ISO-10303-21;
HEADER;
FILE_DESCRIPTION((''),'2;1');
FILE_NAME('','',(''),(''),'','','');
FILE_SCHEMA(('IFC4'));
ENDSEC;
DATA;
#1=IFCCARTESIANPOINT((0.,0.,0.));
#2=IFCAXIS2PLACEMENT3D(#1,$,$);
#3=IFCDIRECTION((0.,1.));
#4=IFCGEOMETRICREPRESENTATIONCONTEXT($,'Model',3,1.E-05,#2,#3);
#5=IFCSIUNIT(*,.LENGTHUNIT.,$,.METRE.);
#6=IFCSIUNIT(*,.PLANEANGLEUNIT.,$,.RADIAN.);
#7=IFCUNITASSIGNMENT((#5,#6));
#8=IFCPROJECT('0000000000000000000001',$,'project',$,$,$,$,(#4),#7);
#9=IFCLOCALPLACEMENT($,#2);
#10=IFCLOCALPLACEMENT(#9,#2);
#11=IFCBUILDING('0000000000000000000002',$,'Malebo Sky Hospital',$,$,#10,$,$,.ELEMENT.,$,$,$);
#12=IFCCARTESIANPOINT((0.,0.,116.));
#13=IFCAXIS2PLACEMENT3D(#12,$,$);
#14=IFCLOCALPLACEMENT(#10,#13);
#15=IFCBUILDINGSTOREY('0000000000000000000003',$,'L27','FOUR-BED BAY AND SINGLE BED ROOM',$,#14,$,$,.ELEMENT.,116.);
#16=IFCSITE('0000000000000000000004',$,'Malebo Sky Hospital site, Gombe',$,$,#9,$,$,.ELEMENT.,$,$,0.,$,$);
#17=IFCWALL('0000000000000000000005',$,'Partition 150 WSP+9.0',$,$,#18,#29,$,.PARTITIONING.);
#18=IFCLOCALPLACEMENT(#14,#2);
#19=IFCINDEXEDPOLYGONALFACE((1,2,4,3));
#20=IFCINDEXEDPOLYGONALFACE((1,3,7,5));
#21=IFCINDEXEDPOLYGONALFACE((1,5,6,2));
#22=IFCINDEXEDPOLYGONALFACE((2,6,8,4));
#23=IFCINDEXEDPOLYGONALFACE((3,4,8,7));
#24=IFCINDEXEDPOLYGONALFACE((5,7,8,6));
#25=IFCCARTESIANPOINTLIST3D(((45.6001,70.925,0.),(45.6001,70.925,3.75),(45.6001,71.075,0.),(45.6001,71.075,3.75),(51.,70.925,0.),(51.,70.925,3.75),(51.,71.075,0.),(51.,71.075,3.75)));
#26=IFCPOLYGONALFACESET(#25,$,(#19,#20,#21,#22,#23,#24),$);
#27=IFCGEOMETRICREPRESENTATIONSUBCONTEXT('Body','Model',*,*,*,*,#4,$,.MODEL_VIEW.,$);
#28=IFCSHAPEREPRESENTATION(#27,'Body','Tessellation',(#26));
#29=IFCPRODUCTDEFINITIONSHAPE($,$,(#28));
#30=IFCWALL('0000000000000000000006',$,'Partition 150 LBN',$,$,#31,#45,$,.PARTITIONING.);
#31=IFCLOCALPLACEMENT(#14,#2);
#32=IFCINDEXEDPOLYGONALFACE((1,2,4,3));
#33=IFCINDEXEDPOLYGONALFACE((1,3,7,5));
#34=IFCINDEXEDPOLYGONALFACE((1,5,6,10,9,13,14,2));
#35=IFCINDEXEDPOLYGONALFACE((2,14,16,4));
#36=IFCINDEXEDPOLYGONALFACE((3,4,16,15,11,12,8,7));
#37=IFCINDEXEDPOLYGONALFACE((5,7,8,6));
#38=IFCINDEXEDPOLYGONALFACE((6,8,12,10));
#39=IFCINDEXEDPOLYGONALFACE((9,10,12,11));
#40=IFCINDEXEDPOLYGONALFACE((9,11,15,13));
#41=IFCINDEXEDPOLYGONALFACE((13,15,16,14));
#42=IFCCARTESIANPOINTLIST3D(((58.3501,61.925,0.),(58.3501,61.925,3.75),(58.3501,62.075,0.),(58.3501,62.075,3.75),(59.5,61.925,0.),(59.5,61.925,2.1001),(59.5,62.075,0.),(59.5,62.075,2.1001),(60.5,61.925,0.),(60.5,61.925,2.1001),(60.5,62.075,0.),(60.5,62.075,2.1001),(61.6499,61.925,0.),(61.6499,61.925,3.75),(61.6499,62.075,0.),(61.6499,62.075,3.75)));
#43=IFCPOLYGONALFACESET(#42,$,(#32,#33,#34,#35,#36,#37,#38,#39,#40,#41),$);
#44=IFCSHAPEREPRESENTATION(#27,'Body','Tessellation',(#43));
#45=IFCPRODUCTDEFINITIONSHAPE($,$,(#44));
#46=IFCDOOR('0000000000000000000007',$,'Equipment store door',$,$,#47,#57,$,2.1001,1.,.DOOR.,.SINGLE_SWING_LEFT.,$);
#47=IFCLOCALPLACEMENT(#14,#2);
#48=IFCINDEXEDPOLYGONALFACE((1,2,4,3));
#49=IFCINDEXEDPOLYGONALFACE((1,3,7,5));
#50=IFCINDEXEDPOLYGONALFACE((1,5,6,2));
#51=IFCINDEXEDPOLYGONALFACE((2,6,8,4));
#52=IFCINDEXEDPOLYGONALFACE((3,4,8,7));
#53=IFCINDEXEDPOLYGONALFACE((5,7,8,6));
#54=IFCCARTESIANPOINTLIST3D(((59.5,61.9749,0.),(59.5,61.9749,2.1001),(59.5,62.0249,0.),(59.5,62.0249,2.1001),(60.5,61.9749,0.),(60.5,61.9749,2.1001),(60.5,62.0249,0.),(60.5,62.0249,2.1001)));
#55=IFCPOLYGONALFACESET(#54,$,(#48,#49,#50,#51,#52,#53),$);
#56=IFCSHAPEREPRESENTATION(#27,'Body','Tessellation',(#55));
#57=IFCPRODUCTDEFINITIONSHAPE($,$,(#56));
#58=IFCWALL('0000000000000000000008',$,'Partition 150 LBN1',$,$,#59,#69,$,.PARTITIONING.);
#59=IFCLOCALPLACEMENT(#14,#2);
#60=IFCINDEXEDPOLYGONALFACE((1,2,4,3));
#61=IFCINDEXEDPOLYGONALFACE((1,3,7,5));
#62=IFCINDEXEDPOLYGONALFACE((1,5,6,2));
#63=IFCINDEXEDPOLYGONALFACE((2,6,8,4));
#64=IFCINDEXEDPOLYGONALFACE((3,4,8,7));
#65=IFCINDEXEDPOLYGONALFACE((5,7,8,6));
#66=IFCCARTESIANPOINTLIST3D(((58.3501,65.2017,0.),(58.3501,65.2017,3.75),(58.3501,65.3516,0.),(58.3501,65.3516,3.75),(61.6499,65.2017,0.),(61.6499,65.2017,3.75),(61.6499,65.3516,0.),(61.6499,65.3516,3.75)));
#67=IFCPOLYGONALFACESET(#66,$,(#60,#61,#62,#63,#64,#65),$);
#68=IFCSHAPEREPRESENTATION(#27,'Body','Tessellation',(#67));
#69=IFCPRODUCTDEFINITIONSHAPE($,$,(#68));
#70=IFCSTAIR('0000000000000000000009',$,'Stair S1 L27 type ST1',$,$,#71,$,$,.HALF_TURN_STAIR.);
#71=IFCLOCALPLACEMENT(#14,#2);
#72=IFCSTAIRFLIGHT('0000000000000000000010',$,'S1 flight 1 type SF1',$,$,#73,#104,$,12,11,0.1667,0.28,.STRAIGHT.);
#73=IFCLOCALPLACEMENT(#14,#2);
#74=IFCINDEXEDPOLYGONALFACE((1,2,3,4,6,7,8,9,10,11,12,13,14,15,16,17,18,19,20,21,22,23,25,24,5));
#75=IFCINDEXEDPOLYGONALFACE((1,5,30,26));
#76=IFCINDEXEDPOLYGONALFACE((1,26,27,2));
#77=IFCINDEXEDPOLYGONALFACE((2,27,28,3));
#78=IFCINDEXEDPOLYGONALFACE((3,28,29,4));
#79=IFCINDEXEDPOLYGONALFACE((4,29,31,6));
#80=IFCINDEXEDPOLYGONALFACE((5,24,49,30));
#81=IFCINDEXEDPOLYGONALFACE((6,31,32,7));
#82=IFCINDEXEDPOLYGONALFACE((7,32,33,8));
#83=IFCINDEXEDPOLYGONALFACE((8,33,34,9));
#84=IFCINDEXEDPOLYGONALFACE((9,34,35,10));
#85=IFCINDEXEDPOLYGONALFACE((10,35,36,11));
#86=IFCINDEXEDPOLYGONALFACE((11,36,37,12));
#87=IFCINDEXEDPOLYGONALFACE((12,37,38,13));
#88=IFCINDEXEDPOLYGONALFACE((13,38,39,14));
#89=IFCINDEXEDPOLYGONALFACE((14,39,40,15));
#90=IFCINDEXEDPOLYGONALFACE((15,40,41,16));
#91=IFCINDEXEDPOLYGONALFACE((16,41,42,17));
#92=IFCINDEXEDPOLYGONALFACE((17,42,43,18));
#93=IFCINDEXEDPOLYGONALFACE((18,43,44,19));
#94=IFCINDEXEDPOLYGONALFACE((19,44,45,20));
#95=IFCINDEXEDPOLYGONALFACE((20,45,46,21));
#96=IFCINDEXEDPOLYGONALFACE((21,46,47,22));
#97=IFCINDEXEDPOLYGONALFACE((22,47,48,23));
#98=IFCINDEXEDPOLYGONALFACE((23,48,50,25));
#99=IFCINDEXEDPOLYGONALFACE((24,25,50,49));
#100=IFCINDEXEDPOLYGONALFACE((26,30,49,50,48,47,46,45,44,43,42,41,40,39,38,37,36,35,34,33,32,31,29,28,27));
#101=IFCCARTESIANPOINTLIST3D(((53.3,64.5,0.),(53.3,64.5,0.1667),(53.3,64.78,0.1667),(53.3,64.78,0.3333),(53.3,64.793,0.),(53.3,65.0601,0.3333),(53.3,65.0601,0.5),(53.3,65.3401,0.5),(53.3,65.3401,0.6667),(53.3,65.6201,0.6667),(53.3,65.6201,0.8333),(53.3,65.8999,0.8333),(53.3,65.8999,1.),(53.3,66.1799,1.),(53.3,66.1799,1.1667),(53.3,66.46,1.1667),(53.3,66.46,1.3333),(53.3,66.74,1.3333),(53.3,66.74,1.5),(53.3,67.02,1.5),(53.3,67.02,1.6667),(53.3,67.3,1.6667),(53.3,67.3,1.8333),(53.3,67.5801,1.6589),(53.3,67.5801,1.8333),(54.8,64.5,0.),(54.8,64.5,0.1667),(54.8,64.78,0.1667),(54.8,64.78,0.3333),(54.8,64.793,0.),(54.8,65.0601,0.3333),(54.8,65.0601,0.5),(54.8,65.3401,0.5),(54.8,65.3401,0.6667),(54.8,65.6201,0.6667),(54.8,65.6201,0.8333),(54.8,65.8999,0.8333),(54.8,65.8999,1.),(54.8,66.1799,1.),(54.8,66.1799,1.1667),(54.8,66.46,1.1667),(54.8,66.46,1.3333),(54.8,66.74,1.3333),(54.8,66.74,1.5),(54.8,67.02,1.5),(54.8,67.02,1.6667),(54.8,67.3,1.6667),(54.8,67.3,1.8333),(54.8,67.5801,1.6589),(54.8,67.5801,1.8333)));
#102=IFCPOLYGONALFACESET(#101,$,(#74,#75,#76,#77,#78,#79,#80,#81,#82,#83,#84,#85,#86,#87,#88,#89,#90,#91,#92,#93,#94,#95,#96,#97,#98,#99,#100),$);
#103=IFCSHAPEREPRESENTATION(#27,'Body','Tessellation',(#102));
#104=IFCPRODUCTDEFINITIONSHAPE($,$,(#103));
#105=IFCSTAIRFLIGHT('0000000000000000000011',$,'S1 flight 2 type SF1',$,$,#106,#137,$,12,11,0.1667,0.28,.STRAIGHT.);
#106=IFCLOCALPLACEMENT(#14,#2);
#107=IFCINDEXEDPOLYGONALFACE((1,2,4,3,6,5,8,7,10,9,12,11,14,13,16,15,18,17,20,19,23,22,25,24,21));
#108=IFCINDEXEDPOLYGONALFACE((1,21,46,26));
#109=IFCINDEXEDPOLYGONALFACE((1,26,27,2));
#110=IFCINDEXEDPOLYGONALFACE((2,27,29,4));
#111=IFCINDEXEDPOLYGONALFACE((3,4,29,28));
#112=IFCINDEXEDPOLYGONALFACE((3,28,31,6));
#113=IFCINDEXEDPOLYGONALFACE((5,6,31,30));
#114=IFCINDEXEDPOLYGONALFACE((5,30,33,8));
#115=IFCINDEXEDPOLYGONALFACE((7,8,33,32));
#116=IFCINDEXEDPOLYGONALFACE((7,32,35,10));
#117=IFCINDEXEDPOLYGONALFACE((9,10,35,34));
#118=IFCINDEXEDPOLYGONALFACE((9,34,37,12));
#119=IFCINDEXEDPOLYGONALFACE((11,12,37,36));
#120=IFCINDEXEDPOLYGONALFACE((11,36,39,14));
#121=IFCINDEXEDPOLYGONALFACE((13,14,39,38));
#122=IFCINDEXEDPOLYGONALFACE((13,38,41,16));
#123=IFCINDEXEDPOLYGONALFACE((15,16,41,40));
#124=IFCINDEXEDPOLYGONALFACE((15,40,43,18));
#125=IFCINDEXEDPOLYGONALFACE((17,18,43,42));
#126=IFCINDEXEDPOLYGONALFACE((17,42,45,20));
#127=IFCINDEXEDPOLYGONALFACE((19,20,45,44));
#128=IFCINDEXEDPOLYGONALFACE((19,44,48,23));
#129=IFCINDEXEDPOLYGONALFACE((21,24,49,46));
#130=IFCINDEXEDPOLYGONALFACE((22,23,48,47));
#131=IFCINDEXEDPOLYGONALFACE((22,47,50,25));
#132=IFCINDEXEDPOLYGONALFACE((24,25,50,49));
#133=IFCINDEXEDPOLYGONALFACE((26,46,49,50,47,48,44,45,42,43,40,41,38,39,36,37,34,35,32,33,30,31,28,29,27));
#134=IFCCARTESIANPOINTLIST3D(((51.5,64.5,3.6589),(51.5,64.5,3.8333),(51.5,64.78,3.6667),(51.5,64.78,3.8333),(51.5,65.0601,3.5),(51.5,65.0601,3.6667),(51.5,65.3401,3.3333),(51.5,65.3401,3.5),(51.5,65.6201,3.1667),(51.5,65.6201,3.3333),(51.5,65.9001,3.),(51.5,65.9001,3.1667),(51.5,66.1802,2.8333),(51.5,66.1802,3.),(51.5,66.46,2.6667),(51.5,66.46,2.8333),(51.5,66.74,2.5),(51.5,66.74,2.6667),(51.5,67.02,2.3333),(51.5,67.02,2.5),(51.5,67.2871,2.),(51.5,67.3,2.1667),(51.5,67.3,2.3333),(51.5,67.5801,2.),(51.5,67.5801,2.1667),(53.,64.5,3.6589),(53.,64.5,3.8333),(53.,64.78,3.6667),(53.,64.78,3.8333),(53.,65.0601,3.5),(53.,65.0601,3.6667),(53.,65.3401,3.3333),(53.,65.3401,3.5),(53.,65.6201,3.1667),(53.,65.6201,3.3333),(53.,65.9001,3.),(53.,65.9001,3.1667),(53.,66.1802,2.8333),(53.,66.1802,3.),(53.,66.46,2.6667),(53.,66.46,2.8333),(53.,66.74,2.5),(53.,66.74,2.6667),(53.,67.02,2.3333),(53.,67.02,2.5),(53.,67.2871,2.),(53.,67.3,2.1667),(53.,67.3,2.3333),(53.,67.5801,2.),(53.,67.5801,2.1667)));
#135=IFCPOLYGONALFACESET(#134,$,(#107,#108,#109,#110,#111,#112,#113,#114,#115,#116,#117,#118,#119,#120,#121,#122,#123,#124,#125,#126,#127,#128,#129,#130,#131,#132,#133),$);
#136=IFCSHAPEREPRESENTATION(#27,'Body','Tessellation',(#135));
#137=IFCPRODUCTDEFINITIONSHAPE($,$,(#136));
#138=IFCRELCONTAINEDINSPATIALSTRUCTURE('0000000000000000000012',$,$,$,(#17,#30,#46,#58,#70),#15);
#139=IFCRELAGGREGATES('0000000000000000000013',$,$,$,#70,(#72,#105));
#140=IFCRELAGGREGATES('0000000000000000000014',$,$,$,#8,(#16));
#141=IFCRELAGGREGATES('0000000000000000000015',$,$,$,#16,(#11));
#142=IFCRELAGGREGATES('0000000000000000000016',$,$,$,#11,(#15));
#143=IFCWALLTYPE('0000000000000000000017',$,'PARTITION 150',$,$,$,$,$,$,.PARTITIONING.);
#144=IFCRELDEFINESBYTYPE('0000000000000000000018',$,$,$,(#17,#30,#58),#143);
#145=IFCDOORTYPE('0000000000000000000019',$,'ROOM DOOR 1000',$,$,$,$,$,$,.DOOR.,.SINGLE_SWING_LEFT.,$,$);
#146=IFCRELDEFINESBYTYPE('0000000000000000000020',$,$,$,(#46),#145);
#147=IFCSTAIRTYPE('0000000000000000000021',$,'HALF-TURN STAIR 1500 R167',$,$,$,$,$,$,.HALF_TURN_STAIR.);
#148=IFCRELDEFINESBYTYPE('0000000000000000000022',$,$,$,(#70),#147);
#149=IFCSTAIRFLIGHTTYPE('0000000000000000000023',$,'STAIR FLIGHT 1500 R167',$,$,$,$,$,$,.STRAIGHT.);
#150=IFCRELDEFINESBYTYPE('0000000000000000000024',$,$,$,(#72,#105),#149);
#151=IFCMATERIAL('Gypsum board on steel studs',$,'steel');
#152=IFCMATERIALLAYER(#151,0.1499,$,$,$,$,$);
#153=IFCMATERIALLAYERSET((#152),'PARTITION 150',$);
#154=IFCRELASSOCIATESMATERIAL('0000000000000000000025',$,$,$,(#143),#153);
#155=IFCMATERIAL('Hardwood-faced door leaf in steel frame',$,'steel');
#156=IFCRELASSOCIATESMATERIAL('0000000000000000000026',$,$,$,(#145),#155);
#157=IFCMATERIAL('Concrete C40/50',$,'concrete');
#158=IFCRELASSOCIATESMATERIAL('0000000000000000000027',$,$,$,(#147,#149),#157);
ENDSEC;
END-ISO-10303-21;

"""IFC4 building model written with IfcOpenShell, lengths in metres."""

from ifc_helpers import new_model, si_unit, direction, frame, frame_2d, origin, place, context, subcontext, project, spatial, polyline, rectangle, outline, extrude, material, layer, layer_set, type_object, element, fill, aggregate, save


model = new_model("IFC4")

# Units and contexts
model_context = context("Model", 3, precision=1e-05, world=origin(), true_north=direction((0.0, 1.0)))
body_context = subcontext(model_context, "Body", "Model", "MODEL_VIEW")
ifc_project = project(units=[si_unit("LENGTHUNIT", "METRE"), si_unit("PLANEANGLEUNIT", "RADIAN")], contexts=[model_context])

# Site, building, storey
site_placement = place(None, origin())
site = spatial("IfcSite", under=ifc_project, at=site_placement, Name="Malebo Sky Hospital site, Gombe", CompositionType="ELEMENT", RefElevation=0.0)
building_placement = place(site_placement, origin())
building = spatial("IfcBuilding", under=site, at=building_placement, Name="Malebo Sky Hospital", CompositionType="ELEMENT")
storey_placement = place(building_placement, frame((0.0, 0.0, 116.0)))
storey = spatial("IfcBuildingStorey", under=building, at=storey_placement, Name="L27", Description="FOUR-BED BAY AND SINGLE BED ROOM", CompositionType="ELEMENT", Elevation=116.0)

# Shared definitions
ifc_material_1 = material(Name="Hardwood-faced door leaf in steel frame", Category="steel")

# Shared definitions
ifc_material_2 = material(Name="Gypsum board on steel studs", Category="steel")
ifc_layer_1 = layer(ifc_material_2, 0.1499)
ifc_layer_set_1 = layer_set([ifc_layer_1], Name="PARTITION 150")
wall_type_1 = type_object("IfcWallType", Name="PARTITION 150", PredefinedType="PARTITIONING", material=ifc_layer_set_1)

# Wall
wall_1_placement = place(storey_placement, frame((51.0, 71.0, 0.0), z_axis=(0.0, 0.0, 1.0), x_axis=(-1.0, 0.0, 0.0)))
element("IfcWall", 1, at=wall_1_placement, inside=storey, type_object=wall_type_1, Name="Partition 150 WSP+9.0", PredefinedType="PARTITIONING", context=body_context, shape_type="SweptSolid", body=[
    extrude(rectangle(XDim=5.3999, YDim=0.1499, at=frame_2d((2.7, 0.0))), origin(), (0.0, 0.0, 1.0), 3.75),
])

# Wall, opening, door
wall_2_placement = place(storey_placement, frame((58.3501, 62.0, 0.0), z_axis=(0.0, 0.0, 1.0), x_axis=(1.0, 0.0, 0.0)))
wall_2 = element("IfcWall", 2, at=wall_2_placement, inside=storey, type_object=wall_type_1, Name="Partition 150 LBN", PredefinedType="PARTITIONING", context=body_context, shape_type="SweptSolid", body=[
    extrude(rectangle(XDim=3.2998, YDim=0.1499, at=frame_2d((1.6499, 0.0))), origin(), (0.0, 0.0, 1.0), 3.75),
])
opening_1_placement = place(wall_2_placement, frame((1.1499, 0.0, 0.0)))
opening_1 = element("IfcOpeningElement", 3, at=opening_1_placement, cuts=wall_2, PredefinedType="OPENING", context=body_context, shape_type="SweptSolid", body=[
    extrude(rectangle(XDim=1.0, YDim=2.1001, at=frame_2d((0.5, 1.05))), frame((0.0, 0.085, 0.0), z_axis=(0.0, -1.0, 0.0), x_axis=(1.0, 0.0, 0.0)), (0.0, 0.0, 1.0), 0.1699),
])
door_type_1 = type_object("IfcDoorType", Name="ROOM DOOR 1000", OperationType="SINGLE_SWING_LEFT", PredefinedType="DOOR", material=ifc_material_1)
door_1_placement = place(opening_1_placement, origin())
door_1 = element("IfcDoor", 4, at=door_1_placement, inside=storey, type_object=door_type_1, Name="Equipment store door", OperationType="SINGLE_SWING_LEFT", OverallHeight=2.1001, OverallWidth=1.0, PredefinedType="DOOR", context=body_context, shape_type="SweptSolid", body=[
    extrude(rectangle(XDim=1.0, YDim=2.1001, at=frame_2d((0.5, 1.05))), frame((0.0, 0.0249, 0.0), z_axis=(0.0, -1.0, 0.0), x_axis=(1.0, 0.0, 0.0)), (0.0, 0.0, 1.0), 0.05),
])
fill(opening_1, door_1)

# Wall
wall_3_placement = place(storey_placement, frame((58.3501, 65.2766, 0.0), z_axis=(0.0, 0.0, 1.0), x_axis=(1.0, 0.0, 0.0)))
element("IfcWall", 5, at=wall_3_placement, inside=storey, type_object=wall_type_1, Name="Partition 150 LBN1", PredefinedType="PARTITIONING", context=body_context, shape_type="SweptSolid", body=[
    extrude(rectangle(XDim=3.2998, YDim=0.1499, at=frame_2d((1.6499, 0.0))), origin(), (0.0, 0.0, 1.0), 3.75),
])

# Stair, stair flights
ifc_material_3 = material(Name="Concrete C40/50", Category="concrete")
stair_type = type_object("IfcStairType", Name="HALF-TURN STAIR 1500 R167", PredefinedType="HALF_TURN_STAIR", material=ifc_material_3)
stair_placement = place(storey_placement, origin())
stair = element("IfcStair", 6, at=stair_placement, inside=storey, type_object=stair_type, Name="Stair S1 L27 type ST1", PredefinedType="HALF_TURN_STAIR")
stair_flight_type = type_object("IfcStairFlightType", Name="STAIR FLIGHT 1500 R167", PredefinedType="STRAIGHT", material=ifc_material_3)
stair_flight_1_placement = place(storey_placement, frame((54.05, 64.5, 0.0), z_axis=(0.0, 0.0, 1.0), x_axis=(0.0, 1.0, 0.0)))
stair_flight_1 = element("IfcStairFlight", 7, at=stair_flight_1_placement, type_object=stair_flight_type, Name="S1 flight 1 type SF1", NumberOfRisers=12, NumberOfTreads=11, PredefinedType="STRAIGHT", RiserHeight=0.1667, TreadLength=0.28, context=body_context, shape_type="SweptSolid", body=[
    extrude(outline(polyline([(0.0, 0.0), (0.0, 0.1667), (0.28, 0.1667), (0.28, 0.3333), (0.5601, 0.3333), (0.5601, 0.5), (0.8401, 0.5), (0.8401, 0.6667), (1.1201, 0.6667), (1.1201, 0.8333), (1.3999, 0.8333), (1.3999, 1.0), (1.6799, 1.0), (1.6799, 1.1667), (1.96, 1.1667), (1.96, 1.3333), (2.24, 1.3333), (2.24, 1.5), (2.52, 1.5), (2.52, 1.6667), (2.8, 1.6667), (2.8, 1.8333), (3.0801, 1.8333), (3.0801, 2.0), (3.0801, 1.6589), (0.293, 0.0), (0.0, 0.0)])), frame((0.0, 0.75, 0.0), z_axis=(0.0, -1.0, 0.0), x_axis=(1.0, 0.0, 0.0)), (0.0, 0.0, 1.0), 1.5),
])
stair_flight_2_placement = place(storey_placement, frame((52.25, 67.5801, 2.0), z_axis=(0.0, 0.0, 1.0), x_axis=(0.0, -1.0, 0.0)))
stair_flight_2 = element("IfcStairFlight", 8, at=stair_flight_2_placement, type_object=stair_flight_type, Name="S1 flight 2 type SF1", NumberOfRisers=12, NumberOfTreads=11, PredefinedType="STRAIGHT", RiserHeight=0.1667, TreadLength=0.28, context=body_context, shape_type="SweptSolid", body=[
    extrude(outline(polyline([(0.0, 0.0), (0.0, 0.1667), (0.28, 0.1667), (0.28, 0.3333), (0.5601, 0.3333), (0.5601, 0.5), (0.8401, 0.5), (0.8401, 0.6667), (1.1201, 0.6667), (1.1201, 0.8333), (1.3999, 0.8333), (1.3999, 1.0), (1.6799, 1.0), (1.6799, 1.1667), (1.96, 1.1667), (1.96, 1.3333), (2.24, 1.3333), (2.24, 1.5), (2.52, 1.5), (2.52, 1.6667), (2.8, 1.6667), (2.8, 1.8333), (3.0801, 1.8333), (3.0801, 2.0), (3.0801, 1.6589), (0.293, 0.0), (0.0, 0.0)])), frame((0.0, 0.75, 0.0), z_axis=(0.0, -1.0, 0.0), x_axis=(1.0, 0.0, 0.0)), (0.0, 0.0, 1.0), 1.5),
])
aggregate(stair, [stair_flight_1, stair_flight_2])

save(model, "model.ifc")
